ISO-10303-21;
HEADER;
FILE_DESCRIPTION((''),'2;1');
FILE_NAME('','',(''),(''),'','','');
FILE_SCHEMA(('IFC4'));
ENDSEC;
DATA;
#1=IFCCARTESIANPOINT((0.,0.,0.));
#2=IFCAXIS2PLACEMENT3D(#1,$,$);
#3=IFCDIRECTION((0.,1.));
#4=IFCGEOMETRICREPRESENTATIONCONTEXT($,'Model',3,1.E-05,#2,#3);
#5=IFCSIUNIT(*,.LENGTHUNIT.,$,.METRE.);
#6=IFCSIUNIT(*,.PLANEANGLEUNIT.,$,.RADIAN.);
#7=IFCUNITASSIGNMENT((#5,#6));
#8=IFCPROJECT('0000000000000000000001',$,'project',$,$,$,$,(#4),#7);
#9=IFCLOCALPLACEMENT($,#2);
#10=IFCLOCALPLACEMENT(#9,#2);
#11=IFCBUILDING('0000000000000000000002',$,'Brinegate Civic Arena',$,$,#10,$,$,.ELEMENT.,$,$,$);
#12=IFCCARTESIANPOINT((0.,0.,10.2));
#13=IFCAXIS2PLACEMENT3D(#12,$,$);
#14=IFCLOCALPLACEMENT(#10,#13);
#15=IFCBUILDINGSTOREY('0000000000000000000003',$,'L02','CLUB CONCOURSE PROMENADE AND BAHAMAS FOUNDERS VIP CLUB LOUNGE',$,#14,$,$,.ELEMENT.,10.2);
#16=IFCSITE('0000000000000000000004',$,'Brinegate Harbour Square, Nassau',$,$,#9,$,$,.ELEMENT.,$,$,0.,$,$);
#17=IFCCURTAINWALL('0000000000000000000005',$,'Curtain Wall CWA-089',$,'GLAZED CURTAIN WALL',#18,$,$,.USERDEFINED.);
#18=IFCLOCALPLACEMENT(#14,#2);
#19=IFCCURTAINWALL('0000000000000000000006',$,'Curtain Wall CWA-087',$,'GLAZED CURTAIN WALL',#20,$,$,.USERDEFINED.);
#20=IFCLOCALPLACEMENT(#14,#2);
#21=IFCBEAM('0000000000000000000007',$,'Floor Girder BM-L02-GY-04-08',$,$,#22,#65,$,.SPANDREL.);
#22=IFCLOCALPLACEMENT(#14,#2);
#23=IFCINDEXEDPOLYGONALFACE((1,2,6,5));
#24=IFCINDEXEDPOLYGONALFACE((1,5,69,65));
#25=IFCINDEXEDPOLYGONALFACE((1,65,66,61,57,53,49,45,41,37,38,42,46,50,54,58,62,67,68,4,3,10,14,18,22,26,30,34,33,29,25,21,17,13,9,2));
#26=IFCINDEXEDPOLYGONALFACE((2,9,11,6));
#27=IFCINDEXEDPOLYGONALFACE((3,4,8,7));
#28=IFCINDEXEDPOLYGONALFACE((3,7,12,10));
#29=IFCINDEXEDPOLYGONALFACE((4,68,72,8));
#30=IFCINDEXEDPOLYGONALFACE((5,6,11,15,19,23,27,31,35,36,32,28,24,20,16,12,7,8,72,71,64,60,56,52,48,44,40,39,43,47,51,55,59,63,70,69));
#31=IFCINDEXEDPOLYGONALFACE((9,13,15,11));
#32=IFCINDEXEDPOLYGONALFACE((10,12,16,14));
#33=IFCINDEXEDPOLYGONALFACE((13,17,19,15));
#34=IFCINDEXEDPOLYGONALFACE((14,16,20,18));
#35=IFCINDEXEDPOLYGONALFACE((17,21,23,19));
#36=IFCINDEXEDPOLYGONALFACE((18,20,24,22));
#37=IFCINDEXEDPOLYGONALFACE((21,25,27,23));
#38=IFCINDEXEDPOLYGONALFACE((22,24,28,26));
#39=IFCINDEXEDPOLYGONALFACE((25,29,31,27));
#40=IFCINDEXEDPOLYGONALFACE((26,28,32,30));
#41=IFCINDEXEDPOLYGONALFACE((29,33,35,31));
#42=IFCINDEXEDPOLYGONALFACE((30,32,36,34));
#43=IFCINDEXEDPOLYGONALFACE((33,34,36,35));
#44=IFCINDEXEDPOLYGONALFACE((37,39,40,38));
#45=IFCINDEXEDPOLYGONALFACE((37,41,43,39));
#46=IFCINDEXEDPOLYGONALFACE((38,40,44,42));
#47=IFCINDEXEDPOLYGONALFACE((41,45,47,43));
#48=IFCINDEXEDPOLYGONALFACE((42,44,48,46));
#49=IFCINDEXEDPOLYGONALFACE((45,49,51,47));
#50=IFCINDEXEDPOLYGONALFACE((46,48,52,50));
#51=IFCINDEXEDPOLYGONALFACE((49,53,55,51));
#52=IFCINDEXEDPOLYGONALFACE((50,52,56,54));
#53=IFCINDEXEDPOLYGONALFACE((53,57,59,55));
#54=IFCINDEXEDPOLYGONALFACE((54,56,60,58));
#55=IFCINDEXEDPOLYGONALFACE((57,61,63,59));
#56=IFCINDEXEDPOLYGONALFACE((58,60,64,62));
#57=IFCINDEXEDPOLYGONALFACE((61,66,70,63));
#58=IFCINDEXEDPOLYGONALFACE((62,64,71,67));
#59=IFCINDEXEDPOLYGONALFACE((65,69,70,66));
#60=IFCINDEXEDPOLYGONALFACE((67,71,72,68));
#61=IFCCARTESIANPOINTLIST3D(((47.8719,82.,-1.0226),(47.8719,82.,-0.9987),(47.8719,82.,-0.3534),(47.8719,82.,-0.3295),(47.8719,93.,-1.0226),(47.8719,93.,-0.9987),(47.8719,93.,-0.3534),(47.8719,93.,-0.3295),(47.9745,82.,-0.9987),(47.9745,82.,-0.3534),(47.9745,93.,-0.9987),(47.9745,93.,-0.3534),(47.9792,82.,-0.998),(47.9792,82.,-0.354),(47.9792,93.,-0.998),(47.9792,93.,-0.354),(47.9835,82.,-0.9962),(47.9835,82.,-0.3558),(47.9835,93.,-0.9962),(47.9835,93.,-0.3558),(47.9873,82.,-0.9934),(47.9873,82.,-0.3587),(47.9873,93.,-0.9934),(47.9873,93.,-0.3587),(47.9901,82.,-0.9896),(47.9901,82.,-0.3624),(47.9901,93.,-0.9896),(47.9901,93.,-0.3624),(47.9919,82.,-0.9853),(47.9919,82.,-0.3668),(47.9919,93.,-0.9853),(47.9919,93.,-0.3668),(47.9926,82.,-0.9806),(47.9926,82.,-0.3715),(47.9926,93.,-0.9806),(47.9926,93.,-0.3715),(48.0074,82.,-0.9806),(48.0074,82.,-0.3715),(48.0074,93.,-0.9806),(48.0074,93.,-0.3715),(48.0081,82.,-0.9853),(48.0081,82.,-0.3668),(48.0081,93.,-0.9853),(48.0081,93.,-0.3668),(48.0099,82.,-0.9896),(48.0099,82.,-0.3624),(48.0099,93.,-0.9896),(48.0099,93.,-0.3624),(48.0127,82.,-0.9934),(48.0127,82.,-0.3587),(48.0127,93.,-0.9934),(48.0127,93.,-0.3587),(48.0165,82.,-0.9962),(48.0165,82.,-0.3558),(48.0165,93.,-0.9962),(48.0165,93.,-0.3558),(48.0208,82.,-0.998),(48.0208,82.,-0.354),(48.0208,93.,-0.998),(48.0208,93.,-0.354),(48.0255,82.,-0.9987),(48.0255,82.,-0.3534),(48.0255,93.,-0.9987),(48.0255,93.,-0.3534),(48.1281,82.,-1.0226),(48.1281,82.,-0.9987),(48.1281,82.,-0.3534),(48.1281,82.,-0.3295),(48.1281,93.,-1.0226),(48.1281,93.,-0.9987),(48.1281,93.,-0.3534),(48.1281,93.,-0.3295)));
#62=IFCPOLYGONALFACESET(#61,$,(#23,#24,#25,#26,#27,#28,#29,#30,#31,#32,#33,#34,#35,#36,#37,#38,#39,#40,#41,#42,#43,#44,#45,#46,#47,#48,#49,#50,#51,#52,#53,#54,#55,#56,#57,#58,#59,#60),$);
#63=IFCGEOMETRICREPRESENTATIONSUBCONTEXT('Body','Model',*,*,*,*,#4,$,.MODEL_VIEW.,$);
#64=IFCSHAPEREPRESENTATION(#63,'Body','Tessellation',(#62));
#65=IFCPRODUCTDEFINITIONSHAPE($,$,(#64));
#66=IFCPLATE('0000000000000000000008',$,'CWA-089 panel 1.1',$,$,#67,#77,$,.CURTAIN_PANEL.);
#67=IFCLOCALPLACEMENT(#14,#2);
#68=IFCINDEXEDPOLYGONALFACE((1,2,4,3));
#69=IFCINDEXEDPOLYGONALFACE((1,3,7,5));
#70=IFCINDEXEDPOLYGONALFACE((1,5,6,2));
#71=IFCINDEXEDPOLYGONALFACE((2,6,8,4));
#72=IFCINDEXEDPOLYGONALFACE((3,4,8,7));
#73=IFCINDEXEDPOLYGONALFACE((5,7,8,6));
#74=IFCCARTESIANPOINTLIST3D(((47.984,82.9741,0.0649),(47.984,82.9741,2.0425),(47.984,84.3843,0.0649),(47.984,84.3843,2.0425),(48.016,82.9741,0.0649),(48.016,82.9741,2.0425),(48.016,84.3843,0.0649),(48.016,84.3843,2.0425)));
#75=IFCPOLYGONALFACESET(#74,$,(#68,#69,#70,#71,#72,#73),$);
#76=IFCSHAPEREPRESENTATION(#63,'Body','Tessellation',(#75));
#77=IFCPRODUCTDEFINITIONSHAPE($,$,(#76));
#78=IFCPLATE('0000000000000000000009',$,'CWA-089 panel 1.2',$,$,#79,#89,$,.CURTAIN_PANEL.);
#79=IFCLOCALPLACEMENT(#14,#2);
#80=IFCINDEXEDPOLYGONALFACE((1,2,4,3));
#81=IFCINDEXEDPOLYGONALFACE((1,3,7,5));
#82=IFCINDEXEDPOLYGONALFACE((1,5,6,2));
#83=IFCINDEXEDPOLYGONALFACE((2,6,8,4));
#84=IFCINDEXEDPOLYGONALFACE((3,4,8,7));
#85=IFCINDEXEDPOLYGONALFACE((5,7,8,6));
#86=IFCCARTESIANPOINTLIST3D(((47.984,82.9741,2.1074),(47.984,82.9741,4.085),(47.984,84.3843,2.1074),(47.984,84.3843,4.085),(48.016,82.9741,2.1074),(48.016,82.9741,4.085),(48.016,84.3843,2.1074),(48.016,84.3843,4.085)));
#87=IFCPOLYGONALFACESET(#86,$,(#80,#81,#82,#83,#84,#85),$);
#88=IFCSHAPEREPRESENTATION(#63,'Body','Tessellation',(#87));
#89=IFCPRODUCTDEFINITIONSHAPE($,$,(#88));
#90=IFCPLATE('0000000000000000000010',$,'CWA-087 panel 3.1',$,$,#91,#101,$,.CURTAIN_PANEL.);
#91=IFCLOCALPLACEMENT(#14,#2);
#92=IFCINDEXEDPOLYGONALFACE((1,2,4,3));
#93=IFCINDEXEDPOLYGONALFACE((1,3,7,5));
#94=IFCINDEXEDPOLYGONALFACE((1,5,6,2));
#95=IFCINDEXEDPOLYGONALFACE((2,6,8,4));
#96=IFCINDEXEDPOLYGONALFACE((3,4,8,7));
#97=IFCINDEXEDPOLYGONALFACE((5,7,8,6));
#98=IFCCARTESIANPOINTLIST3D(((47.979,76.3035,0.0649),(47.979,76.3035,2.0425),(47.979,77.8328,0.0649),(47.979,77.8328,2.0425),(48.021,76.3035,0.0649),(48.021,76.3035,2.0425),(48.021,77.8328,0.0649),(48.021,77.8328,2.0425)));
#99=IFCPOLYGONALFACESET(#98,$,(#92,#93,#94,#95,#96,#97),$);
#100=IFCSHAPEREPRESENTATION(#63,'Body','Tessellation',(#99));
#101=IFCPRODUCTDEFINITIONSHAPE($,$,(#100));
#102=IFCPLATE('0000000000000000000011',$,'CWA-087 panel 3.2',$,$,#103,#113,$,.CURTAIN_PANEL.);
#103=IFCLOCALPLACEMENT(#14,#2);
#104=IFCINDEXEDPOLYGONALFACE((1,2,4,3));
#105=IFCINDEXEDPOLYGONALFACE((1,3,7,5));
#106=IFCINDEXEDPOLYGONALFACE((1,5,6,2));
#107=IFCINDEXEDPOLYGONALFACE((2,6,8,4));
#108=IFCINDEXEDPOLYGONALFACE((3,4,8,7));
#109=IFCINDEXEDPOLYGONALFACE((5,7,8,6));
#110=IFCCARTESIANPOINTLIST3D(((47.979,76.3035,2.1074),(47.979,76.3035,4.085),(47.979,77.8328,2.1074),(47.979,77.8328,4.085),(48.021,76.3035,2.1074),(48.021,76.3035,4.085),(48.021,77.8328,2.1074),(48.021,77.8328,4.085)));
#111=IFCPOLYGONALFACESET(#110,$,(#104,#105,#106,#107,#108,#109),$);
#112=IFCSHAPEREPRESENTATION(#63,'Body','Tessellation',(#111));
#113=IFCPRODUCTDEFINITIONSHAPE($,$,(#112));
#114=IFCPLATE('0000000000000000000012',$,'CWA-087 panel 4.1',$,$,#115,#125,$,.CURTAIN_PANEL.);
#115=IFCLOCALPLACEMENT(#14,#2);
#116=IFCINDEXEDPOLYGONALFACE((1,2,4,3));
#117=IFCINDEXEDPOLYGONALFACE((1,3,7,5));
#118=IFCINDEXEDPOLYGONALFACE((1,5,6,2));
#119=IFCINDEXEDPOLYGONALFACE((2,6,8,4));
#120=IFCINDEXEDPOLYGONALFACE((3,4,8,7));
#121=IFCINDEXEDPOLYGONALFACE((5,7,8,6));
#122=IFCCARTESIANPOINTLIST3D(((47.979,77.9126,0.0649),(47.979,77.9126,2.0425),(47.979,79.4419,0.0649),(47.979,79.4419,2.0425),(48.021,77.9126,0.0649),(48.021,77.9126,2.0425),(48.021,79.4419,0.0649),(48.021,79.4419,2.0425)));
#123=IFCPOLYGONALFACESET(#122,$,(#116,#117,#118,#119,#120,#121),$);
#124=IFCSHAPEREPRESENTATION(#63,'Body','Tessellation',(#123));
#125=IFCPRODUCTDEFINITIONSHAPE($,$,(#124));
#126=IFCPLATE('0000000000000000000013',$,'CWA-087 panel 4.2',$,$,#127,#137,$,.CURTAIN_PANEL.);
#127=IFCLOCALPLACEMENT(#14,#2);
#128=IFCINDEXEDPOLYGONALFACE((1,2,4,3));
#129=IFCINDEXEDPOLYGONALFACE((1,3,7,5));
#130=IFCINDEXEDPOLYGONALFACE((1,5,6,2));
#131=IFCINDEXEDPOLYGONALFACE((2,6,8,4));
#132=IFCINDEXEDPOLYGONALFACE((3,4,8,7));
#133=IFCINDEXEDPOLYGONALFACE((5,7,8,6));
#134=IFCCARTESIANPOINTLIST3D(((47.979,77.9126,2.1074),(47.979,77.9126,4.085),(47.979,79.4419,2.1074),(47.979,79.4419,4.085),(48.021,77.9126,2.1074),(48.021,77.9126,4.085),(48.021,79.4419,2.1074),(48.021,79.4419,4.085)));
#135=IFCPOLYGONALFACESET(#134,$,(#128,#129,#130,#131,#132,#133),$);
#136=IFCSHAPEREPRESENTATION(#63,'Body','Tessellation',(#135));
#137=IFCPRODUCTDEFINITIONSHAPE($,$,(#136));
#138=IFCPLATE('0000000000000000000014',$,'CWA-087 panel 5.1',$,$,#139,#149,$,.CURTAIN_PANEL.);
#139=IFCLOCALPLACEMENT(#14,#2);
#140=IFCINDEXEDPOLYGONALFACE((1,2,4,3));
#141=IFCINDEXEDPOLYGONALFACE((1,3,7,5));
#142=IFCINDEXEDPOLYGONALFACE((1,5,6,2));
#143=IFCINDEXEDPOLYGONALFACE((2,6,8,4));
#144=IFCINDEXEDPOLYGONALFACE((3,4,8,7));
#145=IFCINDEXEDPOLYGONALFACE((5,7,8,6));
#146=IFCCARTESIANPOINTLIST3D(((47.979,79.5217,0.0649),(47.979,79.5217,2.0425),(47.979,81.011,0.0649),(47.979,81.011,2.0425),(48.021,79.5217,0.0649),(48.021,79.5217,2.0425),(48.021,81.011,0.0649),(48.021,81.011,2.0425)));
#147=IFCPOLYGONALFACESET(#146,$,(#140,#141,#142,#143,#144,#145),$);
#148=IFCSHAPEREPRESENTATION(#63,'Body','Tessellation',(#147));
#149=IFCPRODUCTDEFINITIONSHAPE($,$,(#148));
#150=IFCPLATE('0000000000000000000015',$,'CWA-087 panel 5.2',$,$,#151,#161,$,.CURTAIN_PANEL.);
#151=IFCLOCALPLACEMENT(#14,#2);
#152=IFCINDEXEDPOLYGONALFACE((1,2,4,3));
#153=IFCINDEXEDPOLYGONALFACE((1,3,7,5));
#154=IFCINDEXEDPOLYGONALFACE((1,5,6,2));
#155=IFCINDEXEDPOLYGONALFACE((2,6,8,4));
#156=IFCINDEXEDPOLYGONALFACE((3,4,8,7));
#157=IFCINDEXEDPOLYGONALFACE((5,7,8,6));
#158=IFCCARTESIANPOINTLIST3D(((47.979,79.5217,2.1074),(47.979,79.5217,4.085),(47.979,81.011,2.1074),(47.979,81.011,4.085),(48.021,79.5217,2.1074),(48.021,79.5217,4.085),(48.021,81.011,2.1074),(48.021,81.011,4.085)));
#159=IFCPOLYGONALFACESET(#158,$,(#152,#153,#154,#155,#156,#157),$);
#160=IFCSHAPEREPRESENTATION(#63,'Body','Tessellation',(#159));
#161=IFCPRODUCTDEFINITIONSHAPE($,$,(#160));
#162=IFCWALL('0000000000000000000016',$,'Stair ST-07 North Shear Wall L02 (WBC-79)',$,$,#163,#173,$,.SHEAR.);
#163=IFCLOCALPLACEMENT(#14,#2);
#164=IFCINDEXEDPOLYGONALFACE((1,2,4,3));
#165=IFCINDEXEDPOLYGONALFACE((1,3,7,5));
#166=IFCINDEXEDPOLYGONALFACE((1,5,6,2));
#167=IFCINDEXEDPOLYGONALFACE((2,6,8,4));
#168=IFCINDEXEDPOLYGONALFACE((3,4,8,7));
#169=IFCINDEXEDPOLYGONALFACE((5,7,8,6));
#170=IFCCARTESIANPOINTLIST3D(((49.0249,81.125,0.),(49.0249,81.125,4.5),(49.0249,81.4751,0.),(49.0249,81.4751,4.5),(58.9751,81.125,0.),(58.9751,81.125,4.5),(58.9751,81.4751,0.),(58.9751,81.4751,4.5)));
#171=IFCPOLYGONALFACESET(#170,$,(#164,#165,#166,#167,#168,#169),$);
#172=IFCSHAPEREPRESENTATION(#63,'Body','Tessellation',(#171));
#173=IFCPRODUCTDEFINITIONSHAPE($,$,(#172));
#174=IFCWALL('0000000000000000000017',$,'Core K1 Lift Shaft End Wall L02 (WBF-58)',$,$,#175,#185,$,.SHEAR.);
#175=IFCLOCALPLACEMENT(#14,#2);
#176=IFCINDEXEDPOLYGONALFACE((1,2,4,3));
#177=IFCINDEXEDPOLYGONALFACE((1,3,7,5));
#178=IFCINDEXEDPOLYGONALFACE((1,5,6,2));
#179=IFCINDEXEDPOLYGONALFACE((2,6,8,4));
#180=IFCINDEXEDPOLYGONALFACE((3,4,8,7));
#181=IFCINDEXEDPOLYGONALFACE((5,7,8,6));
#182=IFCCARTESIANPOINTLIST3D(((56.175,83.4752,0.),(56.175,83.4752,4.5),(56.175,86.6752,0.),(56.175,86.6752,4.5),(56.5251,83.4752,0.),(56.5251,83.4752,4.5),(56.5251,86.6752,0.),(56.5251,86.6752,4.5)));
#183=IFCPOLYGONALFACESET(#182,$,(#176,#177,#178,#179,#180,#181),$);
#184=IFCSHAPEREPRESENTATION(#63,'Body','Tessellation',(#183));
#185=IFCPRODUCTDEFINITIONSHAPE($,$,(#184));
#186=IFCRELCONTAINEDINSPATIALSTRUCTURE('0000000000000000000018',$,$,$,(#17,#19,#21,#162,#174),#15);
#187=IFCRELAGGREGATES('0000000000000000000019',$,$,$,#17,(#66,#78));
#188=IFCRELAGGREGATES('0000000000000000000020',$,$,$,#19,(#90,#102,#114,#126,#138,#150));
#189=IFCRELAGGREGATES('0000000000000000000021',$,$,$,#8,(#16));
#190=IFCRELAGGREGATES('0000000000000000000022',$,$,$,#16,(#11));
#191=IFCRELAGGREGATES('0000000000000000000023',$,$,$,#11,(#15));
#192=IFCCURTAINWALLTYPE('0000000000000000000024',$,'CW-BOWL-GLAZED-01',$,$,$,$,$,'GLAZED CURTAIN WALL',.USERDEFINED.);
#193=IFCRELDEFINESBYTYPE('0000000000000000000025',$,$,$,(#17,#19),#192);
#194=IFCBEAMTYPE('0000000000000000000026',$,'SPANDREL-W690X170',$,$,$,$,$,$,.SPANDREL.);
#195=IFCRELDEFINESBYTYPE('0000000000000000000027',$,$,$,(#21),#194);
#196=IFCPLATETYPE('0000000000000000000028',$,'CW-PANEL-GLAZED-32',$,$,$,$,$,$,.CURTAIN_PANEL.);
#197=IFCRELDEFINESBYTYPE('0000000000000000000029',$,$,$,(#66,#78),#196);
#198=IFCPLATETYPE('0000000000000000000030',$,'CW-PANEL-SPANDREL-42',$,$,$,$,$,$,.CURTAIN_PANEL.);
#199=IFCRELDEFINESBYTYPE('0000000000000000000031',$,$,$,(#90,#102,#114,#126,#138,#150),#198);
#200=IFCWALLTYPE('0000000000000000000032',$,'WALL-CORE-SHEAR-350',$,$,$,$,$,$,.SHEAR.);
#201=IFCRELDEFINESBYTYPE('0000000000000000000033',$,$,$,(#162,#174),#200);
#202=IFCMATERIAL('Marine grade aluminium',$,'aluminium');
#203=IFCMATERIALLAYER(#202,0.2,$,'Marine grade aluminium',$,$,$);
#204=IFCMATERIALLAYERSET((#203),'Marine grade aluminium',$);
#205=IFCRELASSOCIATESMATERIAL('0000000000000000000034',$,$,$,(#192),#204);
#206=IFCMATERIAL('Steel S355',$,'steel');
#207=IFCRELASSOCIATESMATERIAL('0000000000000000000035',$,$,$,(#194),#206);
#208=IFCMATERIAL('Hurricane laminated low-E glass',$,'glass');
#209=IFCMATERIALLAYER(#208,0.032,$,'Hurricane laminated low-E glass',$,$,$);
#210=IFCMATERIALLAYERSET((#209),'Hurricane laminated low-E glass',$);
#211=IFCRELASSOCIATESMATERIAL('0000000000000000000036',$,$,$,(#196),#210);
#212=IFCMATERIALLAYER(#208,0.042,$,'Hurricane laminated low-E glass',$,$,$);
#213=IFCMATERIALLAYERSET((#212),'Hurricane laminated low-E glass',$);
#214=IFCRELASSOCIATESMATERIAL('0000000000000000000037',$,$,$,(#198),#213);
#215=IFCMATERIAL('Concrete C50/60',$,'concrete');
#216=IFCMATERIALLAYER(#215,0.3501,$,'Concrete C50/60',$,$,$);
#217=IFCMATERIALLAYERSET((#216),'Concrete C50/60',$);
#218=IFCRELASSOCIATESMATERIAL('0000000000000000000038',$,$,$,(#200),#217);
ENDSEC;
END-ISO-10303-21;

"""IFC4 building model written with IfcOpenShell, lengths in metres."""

from ifc_helpers import new_model, si_unit, direction, frame, frame_2d, origin, origin_2d, place, context, subcontext, project, spatial, rectangle, i_section, extrude, material, layer, layer_set, material_profile, profile_set, type_object, element, aggregate, save


model = new_model("IFC4")

# Units and contexts
model_context = context("Model", 3, precision=1e-05, world=origin(), true_north=direction((0.0, 1.0)))
body_context = subcontext(model_context, "Body", "Model", "MODEL_VIEW")
ifc_project = project(units=[si_unit("LENGTHUNIT", "METRE"), si_unit("PLANEANGLEUNIT", "RADIAN")], contexts=[model_context])

# Site, building, storey
site_placement = place(None, origin())
site = spatial("IfcSite", under=ifc_project, at=site_placement, Name="Brinegate Harbour Square, Nassau", CompositionType="ELEMENT", RefElevation=0.0)
building_placement = place(site_placement, origin())
building = spatial("IfcBuilding", under=site, at=building_placement, Name="Brinegate Civic Arena", CompositionType="ELEMENT")
storey_placement = place(building_placement, frame((0.0, 0.0, 10.2)))
storey = spatial("IfcBuildingStorey", under=building, at=storey_placement, Name="L02", Description="CLUB CONCOURSE PROMENADE AND BAHAMAS FOUNDERS VIP CLUB LOUNGE", CompositionType="ELEMENT", Elevation=10.2)

# Shared definitions
ifc_material_1 = material(Name="Concrete C50/60", Category="concrete")
ifc_material_2 = material(Name="Steel S355", Category="steel")

# Curtain wall
ifc_material_3 = material(Name="Marine grade aluminium", Category="aluminium")
ifc_layer_1 = layer(ifc_material_3, 0.2, Name="Marine grade aluminium")
ifc_layer_set_1 = layer_set([ifc_layer_1], Name="Marine grade aluminium")
curtain_wall_type = type_object("IfcCurtainWallType", Name="CW-BOWL-GLAZED-01", ElementType="GLAZED CURTAIN WALL", PredefinedType="USERDEFINED", material=ifc_layer_set_1)
curtain_wall_1_placement = place(storey_placement, origin())
curtain_wall_1 = element("IfcCurtainWall", 1, at=curtain_wall_1_placement, inside=storey, type_object=curtain_wall_type, Name="Curtain Wall CWA-089", ObjectType="GLAZED CURTAIN WALL", PredefinedType="USERDEFINED")

# Curtain wall
curtain_wall_2_placement = place(storey_placement, origin())
curtain_wall_2 = element("IfcCurtainWall", 2, at=curtain_wall_2_placement, inside=storey, type_object=curtain_wall_type, Name="Curtain Wall CWA-087", ObjectType="GLAZED CURTAIN WALL", PredefinedType="USERDEFINED")

# Beam
ifc_material_profile_1 = material_profile(ifc_material_2, i_section(OverallWidth=0.2561, OverallDepth=0.6931, WebThickness=0.0149, FlangeThickness=0.0239, FilletRadius=0.0181, at=origin_2d()), Name="W690X170")
ifc_profile_set_1 = profile_set([ifc_material_profile_1], Name="Steel S355")
beam_type_1 = type_object("IfcBeamType", Name="SPANDREL-W690X170", PredefinedType="SPANDREL", material=ifc_profile_set_1)
beam_1_placement = place(storey_placement, frame((48.0, 82.0, -0.676), z_axis=(0.0, 1.0, 0.0), x_axis=(-1.0, 0.0, 0.0)))
element("IfcBeam", 3, at=beam_1_placement, inside=storey, type_object=beam_type_1, Name="Floor Girder BM-L02-GY-04-08", PredefinedType="SPANDREL", context=body_context, shape_type="SweptSolid", body=[
    extrude(i_section(OverallWidth=0.2561, OverallDepth=0.6931, WebThickness=0.0149, FlangeThickness=0.0239, FilletRadius=0.0181, at=origin_2d()), origin(), (0.0, 0.0, 1.0), 11.0),
])

# Plates
ifc_material_4 = material(Name="Hurricane laminated low-E glass", Category="glass")
ifc_layer_2 = layer(ifc_material_4, 0.032, Name="Hurricane laminated low-E glass")
ifc_layer_set_2 = layer_set([ifc_layer_2], Name="Hurricane laminated low-E glass")
plate_type_1 = type_object("IfcPlateType", Name="CW-PANEL-GLAZED-32", PredefinedType="CURTAIN_PANEL", material=ifc_layer_set_2)
plate_1_placement = place(storey_placement, frame((48.0, 83.6792, 0.0649), z_axis=(0.0, 0.0, 1.0), x_axis=(0.0, 1.0, 0.0)))
plate_1 = element("IfcPlate", 4, at=plate_1_placement, type_object=plate_type_1, Name="CWA-089 panel 1.1", PredefinedType="CURTAIN_PANEL", context=body_context, shape_type="SweptSolid", body=[
    extrude(rectangle(XDim=1.4102, YDim=0.032, at=origin_2d()), origin(), (0.0, 0.0, 1.0), 1.9775),
])
plate_2_placement = place(storey_placement, frame((48.0, 83.6792, 2.1074), z_axis=(0.0, 0.0, 1.0), x_axis=(0.0, 1.0, 0.0)))
plate_2 = element("IfcPlate", 5, at=plate_2_placement, type_object=plate_type_1, Name="CWA-089 panel 1.2", PredefinedType="CURTAIN_PANEL", context=body_context, shape_type="SweptSolid", body=[
    extrude(rectangle(XDim=1.4102, YDim=0.032, at=origin_2d()), origin(), (0.0, 0.0, 1.0), 1.9775),
])
aggregate(curtain_wall_1, [plate_1, plate_2])
ifc_layer_3 = layer(ifc_material_4, 0.042, Name="Hurricane laminated low-E glass")
ifc_layer_set_3 = layer_set([ifc_layer_3], Name="Hurricane laminated low-E glass")
plate_type_2 = type_object("IfcPlateType", Name="CW-PANEL-SPANDREL-42", PredefinedType="CURTAIN_PANEL", material=ifc_layer_set_3)
plate_3_placement = place(storey_placement, frame((48.0, 77.0681, 0.0649), z_axis=(0.0, 0.0, 1.0), x_axis=(0.0, 1.0, 0.0)))
plate_3 = element("IfcPlate", 6, at=plate_3_placement, type_object=plate_type_2, Name="CWA-087 panel 3.1", PredefinedType="CURTAIN_PANEL", context=body_context, shape_type="SweptSolid", body=[
    extrude(rectangle(XDim=1.5293, YDim=0.042, at=origin_2d()), origin(), (0.0, 0.0, 1.0), 1.9775),
])
plate_4_placement = place(storey_placement, frame((48.0, 77.0681, 2.1074), z_axis=(0.0, 0.0, 1.0), x_axis=(0.0, 1.0, 0.0)))
plate_4 = element("IfcPlate", 7, at=plate_4_placement, type_object=plate_type_2, Name="CWA-087 panel 3.2", PredefinedType="CURTAIN_PANEL", context=body_context, shape_type="SweptSolid", body=[
    extrude(rectangle(XDim=1.5293, YDim=0.042, at=origin_2d()), origin(), (0.0, 0.0, 1.0), 1.9775),
])
plate_5_placement = place(storey_placement, frame((48.0, 78.6772, 0.0649), z_axis=(0.0, 0.0, 1.0), x_axis=(0.0, 1.0, 0.0)))
plate_5 = element("IfcPlate", 8, at=plate_5_placement, type_object=plate_type_2, Name="CWA-087 panel 4.1", PredefinedType="CURTAIN_PANEL", context=body_context, shape_type="SweptSolid", body=[
    extrude(rectangle(XDim=1.5293, YDim=0.042, at=origin_2d()), origin(), (0.0, 0.0, 1.0), 1.9775),
])
plate_6_placement = place(storey_placement, frame((48.0, 78.6772, 2.1074), z_axis=(0.0, 0.0, 1.0), x_axis=(0.0, 1.0, 0.0)))
plate_6 = element("IfcPlate", 9, at=plate_6_placement, type_object=plate_type_2, Name="CWA-087 panel 4.2", PredefinedType="CURTAIN_PANEL", context=body_context, shape_type="SweptSolid", body=[
    extrude(rectangle(XDim=1.5293, YDim=0.042, at=origin_2d()), origin(), (0.0, 0.0, 1.0), 1.9775),
])
plate_7_placement = place(storey_placement, frame((48.0, 80.2664, 0.0649), z_axis=(0.0, 0.0, 1.0), x_axis=(0.0, 1.0, 0.0)))
plate_7 = element("IfcPlate", 10, at=plate_7_placement, type_object=plate_type_2, Name="CWA-087 panel 5.1", PredefinedType="CURTAIN_PANEL", context=body_context, shape_type="SweptSolid", body=[
    extrude(rectangle(XDim=1.4893, YDim=0.042, at=origin_2d()), origin(), (0.0, 0.0, 1.0), 1.9775),
])
plate_8_placement = place(storey_placement, frame((48.0, 80.2664, 2.1074), z_axis=(0.0, 0.0, 1.0), x_axis=(0.0, 1.0, 0.0)))
plate_8 = element("IfcPlate", 11, at=plate_8_placement, type_object=plate_type_2, Name="CWA-087 panel 5.2", PredefinedType="CURTAIN_PANEL", context=body_context, shape_type="SweptSolid", body=[
    extrude(rectangle(XDim=1.4893, YDim=0.042, at=origin_2d()), origin(), (0.0, 0.0, 1.0), 1.9775),
])
aggregate(curtain_wall_2, [plate_3, plate_4, plate_5, plate_6, plate_7, plate_8])

# Walls
ifc_layer_4 = layer(ifc_material_1, 0.3501, Name="Concrete C50/60")
ifc_layer_set_4 = layer_set([ifc_layer_4], Name="Concrete C50/60")
wall_type_1 = type_object("IfcWallType", Name="WALL-CORE-SHEAR-350", PredefinedType="SHEAR", material=ifc_layer_set_4)
wall_1_placement = place(storey_placement, frame((49.0249, 81.3, 0.0), z_axis=(0.0, 0.0, 1.0), x_axis=(1.0, 0.0, 0.0)))
element("IfcWall", 12, at=wall_1_placement, inside=storey, type_object=wall_type_1, Name="Stair ST-07 North Shear Wall L02 (WBC-79)", PredefinedType="SHEAR", context=body_context, shape_type="SweptSolid", body=[
    extrude(rectangle(XDim=9.9502, YDim=0.3501, at=frame_2d((4.9751, 0.0))), origin(), (0.0, 0.0, 1.0), 4.5),
])
wall_2_placement = place(storey_placement, frame((56.3501, 83.4751, 0.0), z_axis=(0.0, 0.0, 1.0), x_axis=(0.0, 1.0, 0.0)))
element("IfcWall", 13, at=wall_2_placement, inside=storey, type_object=wall_type_1, Name="Core K1 Lift Shaft End Wall L02 (WBF-58)", PredefinedType="SHEAR", context=body_context, shape_type="SweptSolid", body=[
    extrude(rectangle(XDim=3.2, YDim=0.3501, at=frame_2d((1.6001, 0.0))), origin(), (0.0, 0.0, 1.0), 4.5),
])

save(model, "model.ifc")
